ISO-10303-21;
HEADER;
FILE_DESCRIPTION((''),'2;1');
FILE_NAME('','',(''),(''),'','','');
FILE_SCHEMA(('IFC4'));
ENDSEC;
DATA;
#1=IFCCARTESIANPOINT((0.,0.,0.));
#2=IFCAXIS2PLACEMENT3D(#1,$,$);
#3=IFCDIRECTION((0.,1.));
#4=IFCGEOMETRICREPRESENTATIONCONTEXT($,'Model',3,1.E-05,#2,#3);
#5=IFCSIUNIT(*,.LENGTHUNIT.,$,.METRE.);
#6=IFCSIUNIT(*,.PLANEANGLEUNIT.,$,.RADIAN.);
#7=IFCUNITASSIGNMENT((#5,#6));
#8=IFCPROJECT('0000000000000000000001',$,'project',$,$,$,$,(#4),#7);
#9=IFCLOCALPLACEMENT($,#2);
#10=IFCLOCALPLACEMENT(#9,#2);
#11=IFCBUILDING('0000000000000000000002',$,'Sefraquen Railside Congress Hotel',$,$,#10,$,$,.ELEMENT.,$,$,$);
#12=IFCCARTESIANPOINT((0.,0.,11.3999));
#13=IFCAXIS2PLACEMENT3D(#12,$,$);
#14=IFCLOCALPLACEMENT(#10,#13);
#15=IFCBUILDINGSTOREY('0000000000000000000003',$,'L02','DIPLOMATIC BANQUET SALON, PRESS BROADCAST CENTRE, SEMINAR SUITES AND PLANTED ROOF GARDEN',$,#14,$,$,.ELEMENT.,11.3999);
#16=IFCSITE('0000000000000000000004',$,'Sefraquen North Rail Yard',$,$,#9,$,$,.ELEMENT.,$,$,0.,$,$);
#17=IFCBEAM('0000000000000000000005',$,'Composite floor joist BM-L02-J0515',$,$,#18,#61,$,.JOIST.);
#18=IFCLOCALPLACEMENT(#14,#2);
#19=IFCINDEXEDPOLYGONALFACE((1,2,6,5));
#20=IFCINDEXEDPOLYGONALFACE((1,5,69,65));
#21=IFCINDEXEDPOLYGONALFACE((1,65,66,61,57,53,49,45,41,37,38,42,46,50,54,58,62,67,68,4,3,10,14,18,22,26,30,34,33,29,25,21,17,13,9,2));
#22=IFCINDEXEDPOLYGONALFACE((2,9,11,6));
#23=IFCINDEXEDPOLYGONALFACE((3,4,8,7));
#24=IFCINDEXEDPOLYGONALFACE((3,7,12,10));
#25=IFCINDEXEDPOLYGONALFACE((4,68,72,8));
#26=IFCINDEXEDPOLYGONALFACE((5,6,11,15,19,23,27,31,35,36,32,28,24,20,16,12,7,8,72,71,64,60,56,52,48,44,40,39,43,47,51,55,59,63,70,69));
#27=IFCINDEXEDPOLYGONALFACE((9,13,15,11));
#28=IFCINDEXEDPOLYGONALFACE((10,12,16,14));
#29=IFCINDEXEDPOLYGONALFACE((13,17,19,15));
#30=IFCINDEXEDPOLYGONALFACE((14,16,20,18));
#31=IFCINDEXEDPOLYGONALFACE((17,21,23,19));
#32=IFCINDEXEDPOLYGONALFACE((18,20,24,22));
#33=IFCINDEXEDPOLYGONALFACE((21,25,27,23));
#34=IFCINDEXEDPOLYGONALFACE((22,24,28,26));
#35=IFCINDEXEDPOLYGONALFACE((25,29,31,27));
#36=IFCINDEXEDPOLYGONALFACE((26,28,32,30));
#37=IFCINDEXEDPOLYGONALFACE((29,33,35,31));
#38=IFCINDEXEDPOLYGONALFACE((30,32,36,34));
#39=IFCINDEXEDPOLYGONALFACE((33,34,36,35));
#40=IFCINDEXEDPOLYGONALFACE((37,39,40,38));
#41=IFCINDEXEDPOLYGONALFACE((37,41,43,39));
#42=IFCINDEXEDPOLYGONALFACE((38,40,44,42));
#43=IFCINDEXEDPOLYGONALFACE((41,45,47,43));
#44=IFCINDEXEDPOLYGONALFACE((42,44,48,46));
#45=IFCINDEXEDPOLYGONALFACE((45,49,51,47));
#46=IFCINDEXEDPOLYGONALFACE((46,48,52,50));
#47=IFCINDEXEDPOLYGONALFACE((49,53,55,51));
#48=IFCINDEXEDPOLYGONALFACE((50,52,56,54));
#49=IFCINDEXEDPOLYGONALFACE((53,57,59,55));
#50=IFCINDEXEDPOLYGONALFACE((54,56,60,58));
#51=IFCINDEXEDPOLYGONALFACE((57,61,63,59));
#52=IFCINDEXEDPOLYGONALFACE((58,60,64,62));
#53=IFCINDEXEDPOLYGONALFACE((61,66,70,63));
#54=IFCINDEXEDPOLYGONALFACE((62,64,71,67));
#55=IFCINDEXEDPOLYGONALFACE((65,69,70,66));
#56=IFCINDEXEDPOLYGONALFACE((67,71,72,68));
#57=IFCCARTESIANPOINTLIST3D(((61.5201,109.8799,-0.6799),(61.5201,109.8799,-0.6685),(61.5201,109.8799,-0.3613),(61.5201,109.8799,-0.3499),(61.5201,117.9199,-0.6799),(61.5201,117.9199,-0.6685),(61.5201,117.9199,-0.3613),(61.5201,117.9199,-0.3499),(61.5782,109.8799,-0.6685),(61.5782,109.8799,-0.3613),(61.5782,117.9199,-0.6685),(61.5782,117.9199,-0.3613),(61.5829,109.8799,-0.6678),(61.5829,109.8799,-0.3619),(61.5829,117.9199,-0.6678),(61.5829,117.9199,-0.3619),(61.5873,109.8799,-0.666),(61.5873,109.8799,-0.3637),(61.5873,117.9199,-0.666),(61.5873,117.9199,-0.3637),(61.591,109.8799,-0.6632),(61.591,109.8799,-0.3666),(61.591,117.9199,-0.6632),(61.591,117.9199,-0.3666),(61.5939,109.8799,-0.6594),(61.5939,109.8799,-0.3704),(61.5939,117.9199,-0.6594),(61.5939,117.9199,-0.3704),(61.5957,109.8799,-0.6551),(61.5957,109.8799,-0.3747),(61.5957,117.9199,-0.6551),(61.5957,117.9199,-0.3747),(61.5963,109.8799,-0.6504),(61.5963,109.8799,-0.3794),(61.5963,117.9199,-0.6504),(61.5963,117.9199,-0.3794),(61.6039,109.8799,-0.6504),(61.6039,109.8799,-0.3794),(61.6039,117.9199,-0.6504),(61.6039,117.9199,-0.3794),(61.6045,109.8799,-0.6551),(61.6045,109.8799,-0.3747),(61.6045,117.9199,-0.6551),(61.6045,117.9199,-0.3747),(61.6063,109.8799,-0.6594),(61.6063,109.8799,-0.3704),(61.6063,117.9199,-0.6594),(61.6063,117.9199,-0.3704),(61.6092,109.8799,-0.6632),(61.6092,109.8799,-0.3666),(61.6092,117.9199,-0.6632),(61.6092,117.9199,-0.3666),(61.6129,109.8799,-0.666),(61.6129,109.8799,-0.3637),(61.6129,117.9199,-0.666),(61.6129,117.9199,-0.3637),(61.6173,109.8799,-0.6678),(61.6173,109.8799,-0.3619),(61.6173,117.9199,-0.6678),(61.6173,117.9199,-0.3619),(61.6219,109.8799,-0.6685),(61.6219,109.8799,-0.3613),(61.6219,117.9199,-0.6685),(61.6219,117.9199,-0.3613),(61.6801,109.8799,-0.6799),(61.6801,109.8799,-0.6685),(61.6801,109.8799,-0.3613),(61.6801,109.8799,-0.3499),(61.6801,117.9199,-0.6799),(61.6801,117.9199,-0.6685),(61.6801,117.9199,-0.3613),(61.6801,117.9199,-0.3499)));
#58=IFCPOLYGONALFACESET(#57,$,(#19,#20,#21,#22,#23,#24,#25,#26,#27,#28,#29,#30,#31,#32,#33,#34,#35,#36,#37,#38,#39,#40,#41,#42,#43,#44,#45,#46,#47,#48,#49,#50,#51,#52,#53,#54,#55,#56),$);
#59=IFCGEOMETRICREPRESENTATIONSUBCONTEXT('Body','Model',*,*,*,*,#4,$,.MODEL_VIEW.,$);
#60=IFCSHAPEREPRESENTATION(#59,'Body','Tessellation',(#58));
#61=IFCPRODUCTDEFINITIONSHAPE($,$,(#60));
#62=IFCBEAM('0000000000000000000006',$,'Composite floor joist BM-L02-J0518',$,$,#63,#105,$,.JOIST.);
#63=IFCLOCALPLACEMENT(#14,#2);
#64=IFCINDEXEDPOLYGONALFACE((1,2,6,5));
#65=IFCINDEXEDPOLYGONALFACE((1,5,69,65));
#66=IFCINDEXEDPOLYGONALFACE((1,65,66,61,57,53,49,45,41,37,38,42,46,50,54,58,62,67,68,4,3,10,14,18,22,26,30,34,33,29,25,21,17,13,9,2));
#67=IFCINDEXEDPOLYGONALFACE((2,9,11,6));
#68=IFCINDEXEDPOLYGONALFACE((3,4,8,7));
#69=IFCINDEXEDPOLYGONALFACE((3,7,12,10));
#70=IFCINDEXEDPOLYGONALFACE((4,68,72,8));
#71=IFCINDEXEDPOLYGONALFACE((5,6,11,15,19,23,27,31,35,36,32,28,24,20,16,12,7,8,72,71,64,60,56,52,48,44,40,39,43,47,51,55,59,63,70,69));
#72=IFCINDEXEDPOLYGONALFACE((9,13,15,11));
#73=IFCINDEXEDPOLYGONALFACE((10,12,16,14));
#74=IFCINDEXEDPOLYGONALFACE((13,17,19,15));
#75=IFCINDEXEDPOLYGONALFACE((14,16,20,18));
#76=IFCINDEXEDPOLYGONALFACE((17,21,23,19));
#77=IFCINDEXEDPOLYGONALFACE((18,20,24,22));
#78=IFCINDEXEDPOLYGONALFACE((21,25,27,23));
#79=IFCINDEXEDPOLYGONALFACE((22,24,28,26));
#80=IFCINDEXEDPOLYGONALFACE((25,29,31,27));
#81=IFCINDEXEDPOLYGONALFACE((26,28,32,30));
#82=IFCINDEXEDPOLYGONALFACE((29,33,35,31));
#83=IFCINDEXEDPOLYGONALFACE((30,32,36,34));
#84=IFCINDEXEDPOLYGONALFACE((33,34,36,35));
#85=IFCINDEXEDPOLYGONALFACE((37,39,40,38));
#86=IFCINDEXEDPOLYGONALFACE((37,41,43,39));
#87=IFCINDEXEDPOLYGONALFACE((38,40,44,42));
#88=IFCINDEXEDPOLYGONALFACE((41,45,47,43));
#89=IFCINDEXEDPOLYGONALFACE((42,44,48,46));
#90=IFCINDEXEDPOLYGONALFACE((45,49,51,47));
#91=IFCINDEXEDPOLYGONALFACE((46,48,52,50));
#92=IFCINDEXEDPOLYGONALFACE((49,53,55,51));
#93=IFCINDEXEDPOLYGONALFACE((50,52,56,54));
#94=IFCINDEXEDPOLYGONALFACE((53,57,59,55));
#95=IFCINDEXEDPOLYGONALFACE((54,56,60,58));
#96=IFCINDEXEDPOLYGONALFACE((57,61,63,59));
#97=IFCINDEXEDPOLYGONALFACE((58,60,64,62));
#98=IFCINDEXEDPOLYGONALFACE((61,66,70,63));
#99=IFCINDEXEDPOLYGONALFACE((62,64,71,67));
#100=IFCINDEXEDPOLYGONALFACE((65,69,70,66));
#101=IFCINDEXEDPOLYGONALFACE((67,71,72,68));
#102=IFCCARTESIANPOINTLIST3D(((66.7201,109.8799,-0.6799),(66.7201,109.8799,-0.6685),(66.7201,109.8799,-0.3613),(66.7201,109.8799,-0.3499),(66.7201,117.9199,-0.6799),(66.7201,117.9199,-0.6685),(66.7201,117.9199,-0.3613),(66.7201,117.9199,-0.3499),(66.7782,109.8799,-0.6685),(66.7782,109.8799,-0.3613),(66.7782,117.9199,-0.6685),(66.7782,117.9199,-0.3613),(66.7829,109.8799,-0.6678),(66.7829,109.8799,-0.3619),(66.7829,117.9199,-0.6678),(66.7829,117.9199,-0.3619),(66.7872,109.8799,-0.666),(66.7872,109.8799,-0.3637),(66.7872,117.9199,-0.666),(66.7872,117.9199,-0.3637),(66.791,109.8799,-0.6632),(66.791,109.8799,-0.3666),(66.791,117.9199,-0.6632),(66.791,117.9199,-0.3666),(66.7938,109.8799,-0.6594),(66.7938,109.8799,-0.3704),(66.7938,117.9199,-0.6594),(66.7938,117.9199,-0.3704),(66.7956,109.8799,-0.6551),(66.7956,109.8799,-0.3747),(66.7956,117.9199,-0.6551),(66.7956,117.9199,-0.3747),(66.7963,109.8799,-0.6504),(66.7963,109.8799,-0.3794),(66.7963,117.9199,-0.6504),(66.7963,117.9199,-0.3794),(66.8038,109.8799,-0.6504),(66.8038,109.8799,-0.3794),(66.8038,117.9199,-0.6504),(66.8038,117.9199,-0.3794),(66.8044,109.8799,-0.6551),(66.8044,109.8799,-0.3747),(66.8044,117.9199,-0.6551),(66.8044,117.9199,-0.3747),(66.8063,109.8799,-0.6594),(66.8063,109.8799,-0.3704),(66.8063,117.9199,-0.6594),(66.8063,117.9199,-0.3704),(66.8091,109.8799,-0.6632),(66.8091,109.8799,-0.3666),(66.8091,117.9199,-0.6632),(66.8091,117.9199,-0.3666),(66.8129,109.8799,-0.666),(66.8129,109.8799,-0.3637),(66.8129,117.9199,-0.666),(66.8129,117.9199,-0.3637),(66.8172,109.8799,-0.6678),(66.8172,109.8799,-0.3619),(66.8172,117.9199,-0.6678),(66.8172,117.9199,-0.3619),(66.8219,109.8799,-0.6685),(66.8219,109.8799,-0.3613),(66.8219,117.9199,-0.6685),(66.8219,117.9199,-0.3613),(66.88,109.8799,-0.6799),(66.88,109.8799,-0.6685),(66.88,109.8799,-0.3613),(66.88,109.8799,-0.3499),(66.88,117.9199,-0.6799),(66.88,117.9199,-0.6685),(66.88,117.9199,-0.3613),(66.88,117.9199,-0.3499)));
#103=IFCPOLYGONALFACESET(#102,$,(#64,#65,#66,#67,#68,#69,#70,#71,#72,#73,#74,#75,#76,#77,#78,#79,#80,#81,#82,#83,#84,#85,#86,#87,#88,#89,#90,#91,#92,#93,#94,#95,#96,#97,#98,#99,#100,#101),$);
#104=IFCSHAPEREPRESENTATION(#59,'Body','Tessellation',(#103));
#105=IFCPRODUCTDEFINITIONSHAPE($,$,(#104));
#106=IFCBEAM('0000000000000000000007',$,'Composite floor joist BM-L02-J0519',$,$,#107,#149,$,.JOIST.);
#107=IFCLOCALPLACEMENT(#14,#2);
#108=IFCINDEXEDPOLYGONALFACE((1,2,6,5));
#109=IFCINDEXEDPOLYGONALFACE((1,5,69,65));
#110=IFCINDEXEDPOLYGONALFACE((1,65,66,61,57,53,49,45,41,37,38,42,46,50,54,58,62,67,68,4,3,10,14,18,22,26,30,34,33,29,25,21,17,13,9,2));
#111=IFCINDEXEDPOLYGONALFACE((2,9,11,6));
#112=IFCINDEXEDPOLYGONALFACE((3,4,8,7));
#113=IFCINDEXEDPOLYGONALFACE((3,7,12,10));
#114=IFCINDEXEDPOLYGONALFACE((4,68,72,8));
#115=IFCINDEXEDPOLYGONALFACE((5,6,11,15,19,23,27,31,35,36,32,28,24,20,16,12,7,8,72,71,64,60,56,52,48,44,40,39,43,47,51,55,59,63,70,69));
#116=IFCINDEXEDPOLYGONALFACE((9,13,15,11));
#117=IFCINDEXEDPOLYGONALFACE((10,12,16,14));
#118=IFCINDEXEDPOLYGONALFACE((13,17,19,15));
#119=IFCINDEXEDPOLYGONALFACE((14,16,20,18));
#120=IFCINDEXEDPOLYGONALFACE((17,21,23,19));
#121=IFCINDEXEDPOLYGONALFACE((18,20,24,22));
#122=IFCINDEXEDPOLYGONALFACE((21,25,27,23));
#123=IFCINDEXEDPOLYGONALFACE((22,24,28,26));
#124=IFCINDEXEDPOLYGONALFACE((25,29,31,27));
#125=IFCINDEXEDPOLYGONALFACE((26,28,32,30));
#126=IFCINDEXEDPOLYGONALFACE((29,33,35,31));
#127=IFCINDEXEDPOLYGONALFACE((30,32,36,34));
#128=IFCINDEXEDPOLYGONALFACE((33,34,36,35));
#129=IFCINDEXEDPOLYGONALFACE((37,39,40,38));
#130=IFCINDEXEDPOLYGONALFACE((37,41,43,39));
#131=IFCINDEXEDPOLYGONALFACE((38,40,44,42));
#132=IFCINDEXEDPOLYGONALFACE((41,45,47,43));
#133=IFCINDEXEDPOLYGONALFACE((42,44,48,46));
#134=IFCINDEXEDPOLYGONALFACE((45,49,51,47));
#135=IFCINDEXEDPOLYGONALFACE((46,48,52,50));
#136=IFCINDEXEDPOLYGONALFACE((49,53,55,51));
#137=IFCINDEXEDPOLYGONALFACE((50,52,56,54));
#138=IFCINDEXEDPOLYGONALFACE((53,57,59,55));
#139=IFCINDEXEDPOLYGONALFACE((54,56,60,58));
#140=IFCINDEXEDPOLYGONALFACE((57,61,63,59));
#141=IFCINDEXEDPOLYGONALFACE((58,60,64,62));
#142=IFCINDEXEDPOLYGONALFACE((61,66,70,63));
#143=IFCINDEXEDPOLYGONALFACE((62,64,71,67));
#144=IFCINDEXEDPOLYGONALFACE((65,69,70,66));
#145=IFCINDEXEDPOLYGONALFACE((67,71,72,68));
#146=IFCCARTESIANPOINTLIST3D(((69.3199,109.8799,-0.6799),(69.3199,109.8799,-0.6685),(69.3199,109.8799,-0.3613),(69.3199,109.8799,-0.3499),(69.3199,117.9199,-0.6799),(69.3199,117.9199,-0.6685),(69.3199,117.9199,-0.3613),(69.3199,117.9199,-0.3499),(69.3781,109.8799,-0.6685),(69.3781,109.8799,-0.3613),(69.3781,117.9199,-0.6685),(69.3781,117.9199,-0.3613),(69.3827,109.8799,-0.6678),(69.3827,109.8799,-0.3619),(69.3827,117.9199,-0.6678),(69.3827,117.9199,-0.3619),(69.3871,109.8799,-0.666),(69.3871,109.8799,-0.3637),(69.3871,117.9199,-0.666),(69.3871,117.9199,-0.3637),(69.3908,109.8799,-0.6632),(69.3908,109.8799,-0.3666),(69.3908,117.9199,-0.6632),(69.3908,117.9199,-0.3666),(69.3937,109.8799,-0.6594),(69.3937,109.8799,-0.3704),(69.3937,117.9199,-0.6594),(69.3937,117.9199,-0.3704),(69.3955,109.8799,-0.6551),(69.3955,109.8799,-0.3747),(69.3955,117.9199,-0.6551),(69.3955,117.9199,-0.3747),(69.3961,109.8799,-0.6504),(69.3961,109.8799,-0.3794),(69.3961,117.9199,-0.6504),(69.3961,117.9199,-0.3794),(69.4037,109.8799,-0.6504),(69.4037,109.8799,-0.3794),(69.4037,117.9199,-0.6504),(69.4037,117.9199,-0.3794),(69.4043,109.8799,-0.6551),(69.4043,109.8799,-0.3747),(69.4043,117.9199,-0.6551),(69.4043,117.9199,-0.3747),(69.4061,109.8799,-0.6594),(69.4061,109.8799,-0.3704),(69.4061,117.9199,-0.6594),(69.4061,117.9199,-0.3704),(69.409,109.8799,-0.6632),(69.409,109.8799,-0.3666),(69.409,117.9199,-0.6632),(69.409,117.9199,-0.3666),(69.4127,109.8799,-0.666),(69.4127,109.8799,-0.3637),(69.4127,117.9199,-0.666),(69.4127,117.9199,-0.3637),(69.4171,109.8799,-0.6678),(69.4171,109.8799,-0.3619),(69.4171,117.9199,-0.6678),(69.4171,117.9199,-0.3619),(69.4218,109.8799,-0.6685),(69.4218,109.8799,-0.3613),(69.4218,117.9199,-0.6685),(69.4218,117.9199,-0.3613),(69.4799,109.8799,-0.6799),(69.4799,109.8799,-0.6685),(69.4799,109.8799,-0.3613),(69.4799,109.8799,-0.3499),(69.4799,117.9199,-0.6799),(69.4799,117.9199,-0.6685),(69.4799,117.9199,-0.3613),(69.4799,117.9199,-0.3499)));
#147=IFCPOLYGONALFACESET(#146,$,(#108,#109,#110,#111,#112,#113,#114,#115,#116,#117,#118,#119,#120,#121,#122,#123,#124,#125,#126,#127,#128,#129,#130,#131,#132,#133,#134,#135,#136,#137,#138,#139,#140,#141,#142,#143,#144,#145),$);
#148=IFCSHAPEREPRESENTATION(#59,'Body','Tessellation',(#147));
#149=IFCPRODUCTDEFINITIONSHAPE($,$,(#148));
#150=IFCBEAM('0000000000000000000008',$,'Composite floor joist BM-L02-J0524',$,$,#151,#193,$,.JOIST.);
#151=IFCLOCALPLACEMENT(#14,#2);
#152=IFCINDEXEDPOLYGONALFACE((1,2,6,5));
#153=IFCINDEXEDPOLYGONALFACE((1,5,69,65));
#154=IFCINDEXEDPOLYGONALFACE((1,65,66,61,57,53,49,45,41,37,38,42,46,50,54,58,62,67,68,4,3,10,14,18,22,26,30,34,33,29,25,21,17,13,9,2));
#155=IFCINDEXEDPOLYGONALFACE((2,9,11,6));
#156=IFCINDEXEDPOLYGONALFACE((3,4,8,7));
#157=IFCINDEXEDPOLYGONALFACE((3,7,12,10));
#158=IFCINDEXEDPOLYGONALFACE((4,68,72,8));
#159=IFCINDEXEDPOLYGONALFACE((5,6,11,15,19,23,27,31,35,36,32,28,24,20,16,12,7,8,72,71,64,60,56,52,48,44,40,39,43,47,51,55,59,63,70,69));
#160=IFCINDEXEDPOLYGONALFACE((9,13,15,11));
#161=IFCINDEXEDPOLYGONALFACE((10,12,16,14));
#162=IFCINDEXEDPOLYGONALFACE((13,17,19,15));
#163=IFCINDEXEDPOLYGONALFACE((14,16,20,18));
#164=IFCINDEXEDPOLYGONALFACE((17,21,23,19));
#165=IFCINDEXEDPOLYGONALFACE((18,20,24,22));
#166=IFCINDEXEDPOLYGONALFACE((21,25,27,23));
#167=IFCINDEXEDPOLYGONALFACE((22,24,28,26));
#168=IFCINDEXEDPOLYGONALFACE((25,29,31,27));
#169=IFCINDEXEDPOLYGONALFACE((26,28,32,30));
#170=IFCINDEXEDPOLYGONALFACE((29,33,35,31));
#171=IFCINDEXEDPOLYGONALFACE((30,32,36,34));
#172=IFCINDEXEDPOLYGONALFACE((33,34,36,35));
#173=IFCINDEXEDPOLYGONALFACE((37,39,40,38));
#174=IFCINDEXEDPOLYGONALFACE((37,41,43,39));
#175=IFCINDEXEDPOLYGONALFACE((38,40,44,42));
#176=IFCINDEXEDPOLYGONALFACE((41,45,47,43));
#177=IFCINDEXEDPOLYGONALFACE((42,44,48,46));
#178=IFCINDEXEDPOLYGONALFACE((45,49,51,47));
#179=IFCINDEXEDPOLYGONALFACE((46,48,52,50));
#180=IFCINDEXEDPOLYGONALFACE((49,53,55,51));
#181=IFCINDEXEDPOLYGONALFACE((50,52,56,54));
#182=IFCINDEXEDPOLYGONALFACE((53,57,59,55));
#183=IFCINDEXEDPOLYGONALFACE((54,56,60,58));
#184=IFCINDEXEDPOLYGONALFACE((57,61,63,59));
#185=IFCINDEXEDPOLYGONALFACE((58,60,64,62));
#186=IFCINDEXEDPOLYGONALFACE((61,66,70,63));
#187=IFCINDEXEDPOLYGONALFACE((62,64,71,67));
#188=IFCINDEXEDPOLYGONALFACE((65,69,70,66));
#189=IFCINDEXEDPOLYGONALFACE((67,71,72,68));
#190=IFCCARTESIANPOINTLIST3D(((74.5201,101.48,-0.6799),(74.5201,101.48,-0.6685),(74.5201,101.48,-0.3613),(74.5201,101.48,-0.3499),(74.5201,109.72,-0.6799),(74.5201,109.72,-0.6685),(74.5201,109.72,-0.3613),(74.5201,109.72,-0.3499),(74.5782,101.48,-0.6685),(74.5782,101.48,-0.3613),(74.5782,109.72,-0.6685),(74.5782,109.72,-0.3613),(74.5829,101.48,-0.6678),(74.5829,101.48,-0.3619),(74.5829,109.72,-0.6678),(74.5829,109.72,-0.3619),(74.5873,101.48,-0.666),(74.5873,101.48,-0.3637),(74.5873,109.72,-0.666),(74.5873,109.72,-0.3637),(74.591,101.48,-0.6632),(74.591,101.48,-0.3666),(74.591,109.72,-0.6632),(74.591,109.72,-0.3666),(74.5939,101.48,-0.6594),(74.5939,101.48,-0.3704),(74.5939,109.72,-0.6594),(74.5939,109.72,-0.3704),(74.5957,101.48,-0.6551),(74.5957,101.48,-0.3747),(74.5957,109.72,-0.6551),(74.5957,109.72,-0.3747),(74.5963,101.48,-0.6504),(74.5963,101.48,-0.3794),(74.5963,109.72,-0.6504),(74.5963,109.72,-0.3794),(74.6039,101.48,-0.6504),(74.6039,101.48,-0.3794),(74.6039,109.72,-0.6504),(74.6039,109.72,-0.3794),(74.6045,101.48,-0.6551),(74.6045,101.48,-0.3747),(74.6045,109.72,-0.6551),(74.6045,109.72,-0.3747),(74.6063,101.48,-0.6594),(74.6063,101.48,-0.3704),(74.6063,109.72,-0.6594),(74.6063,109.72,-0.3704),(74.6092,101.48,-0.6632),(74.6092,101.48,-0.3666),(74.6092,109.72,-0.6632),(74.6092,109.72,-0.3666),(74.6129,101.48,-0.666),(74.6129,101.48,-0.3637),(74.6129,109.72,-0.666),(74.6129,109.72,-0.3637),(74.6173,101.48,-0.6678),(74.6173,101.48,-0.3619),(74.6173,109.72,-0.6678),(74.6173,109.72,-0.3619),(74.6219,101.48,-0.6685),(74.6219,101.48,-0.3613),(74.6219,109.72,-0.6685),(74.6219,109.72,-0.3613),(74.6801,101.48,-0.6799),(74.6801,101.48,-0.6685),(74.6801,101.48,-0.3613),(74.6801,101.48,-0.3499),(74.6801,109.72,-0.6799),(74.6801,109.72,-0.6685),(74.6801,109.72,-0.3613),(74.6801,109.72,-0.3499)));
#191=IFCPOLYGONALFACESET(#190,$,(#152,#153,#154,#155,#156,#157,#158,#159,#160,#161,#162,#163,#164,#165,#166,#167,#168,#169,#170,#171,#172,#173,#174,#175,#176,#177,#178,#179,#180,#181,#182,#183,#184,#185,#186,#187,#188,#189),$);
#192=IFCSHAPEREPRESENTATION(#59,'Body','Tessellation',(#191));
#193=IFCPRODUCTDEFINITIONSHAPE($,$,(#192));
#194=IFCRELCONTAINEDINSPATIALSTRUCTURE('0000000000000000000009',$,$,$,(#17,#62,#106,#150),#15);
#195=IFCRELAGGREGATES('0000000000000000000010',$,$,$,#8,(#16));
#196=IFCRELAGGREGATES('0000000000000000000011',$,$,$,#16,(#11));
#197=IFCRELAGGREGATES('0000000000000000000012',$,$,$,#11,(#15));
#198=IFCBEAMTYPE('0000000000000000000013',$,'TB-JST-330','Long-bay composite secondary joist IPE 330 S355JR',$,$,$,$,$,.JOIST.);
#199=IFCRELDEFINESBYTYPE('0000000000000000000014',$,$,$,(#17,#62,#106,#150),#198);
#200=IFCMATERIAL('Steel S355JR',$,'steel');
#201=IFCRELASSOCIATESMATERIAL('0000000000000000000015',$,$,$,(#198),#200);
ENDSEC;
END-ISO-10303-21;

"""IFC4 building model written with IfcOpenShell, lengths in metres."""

from ifc_helpers import new_model, si_unit, direction, frame, origin, origin_2d, place, context, subcontext, project, spatial, i_section, extrude, material, material_profile, profile_set, type_object, element, save


model = new_model("IFC4")

# Units and contexts
model_context = context("Model", 3, precision=1e-05, world=origin(), true_north=direction((0.0, 1.0)))
body_context = subcontext(model_context, "Body", "Model", "MODEL_VIEW")
ifc_project = project(units=[si_unit("LENGTHUNIT", "METRE"), si_unit("PLANEANGLEUNIT", "RADIAN")], contexts=[model_context])

# Site, building, storey
site_placement = place(None, origin())
site = spatial("IfcSite", under=ifc_project, at=site_placement, Name="Sefraquen North Rail Yard", CompositionType="ELEMENT", RefElevation=0.0)
building_placement = place(site_placement, origin())
building = spatial("IfcBuilding", under=site, at=building_placement, Name="Sefraquen Railside Congress Hotel", CompositionType="ELEMENT")
storey_placement = place(building_placement, frame((0.0, 0.0, 11.3999)))
storey = spatial("IfcBuildingStorey", under=building, at=storey_placement, Name="L02", Description="DIPLOMATIC BANQUET SALON, PRESS BROADCAST CENTRE, SEMINAR SUITES AND PLANTED ROOF GARDEN", CompositionType="ELEMENT", Elevation=11.3999)

# Shared definitions
ifc_material_1 = material(Name="Steel S355JR", Category="steel")

# Beams
ifc_material_profile_1 = material_profile(ifc_material_1, i_section(OverallWidth=0.1599, OverallDepth=0.3301, WebThickness=0.0076, FlangeThickness=0.0115, FilletRadius=0.0181, at=origin_2d()), Name="IPE 330")
ifc_profile_set_1 = profile_set([ifc_material_profile_1], Name="Steel S355JR")
beam_type_1 = type_object("IfcBeamType", Name="TB-JST-330", Description="Long-bay composite secondary joist IPE 330 S355JR", PredefinedType="JOIST", material=ifc_profile_set_1)
for number, where, z_axis, x_axis, name in (
    (1, (61.6001, 109.8799, -0.5149), (0.0, 1.0, 0.0), (-1.0, 0.0, 0.0), "Composite floor joist BM-L02-J0515"),
    (2, (66.8, 109.8799, -0.5149), (0.0, 1.0, 0.0), (-1.0, 0.0, 0.0), "Composite floor joist BM-L02-J0518"),
    (3, (69.3999, 109.8799, -0.5149), (0.0, 1.0, 0.0), (-1.0, 0.0, 0.0), "Composite floor joist BM-L02-J0519"),
):
    element("IfcBeam", number, at=place(storey_placement, frame(where, z_axis=z_axis, x_axis=x_axis)), inside=storey, type_object=beam_type_1, Name=name, PredefinedType="JOIST", context=body_context, shape_type="SweptSolid", body=[
        extrude(i_section(OverallWidth=0.1599, OverallDepth=0.3301, WebThickness=0.0076, FlangeThickness=0.0115, FilletRadius=0.0181, at=origin_2d()), origin(), (0.0, 0.0, 1.0), 8.04),
    ])
beam_1_placement = place(storey_placement, frame((74.6001, 101.48, -0.5149), z_axis=(0.0, 1.0, 0.0), x_axis=(-1.0, 0.0, 0.0)))
element("IfcBeam", 4, at=beam_1_placement, inside=storey, type_object=beam_type_1, Name="Composite floor joist BM-L02-J0524", PredefinedType="JOIST", context=body_context, shape_type="SweptSolid", body=[
    extrude(i_section(OverallWidth=0.1599, OverallDepth=0.3301, WebThickness=0.0076, FlangeThickness=0.0115, FilletRadius=0.0181, at=origin_2d()), origin(), (0.0, 0.0, 1.0), 8.24),
])

save(model, "model.ifc")
